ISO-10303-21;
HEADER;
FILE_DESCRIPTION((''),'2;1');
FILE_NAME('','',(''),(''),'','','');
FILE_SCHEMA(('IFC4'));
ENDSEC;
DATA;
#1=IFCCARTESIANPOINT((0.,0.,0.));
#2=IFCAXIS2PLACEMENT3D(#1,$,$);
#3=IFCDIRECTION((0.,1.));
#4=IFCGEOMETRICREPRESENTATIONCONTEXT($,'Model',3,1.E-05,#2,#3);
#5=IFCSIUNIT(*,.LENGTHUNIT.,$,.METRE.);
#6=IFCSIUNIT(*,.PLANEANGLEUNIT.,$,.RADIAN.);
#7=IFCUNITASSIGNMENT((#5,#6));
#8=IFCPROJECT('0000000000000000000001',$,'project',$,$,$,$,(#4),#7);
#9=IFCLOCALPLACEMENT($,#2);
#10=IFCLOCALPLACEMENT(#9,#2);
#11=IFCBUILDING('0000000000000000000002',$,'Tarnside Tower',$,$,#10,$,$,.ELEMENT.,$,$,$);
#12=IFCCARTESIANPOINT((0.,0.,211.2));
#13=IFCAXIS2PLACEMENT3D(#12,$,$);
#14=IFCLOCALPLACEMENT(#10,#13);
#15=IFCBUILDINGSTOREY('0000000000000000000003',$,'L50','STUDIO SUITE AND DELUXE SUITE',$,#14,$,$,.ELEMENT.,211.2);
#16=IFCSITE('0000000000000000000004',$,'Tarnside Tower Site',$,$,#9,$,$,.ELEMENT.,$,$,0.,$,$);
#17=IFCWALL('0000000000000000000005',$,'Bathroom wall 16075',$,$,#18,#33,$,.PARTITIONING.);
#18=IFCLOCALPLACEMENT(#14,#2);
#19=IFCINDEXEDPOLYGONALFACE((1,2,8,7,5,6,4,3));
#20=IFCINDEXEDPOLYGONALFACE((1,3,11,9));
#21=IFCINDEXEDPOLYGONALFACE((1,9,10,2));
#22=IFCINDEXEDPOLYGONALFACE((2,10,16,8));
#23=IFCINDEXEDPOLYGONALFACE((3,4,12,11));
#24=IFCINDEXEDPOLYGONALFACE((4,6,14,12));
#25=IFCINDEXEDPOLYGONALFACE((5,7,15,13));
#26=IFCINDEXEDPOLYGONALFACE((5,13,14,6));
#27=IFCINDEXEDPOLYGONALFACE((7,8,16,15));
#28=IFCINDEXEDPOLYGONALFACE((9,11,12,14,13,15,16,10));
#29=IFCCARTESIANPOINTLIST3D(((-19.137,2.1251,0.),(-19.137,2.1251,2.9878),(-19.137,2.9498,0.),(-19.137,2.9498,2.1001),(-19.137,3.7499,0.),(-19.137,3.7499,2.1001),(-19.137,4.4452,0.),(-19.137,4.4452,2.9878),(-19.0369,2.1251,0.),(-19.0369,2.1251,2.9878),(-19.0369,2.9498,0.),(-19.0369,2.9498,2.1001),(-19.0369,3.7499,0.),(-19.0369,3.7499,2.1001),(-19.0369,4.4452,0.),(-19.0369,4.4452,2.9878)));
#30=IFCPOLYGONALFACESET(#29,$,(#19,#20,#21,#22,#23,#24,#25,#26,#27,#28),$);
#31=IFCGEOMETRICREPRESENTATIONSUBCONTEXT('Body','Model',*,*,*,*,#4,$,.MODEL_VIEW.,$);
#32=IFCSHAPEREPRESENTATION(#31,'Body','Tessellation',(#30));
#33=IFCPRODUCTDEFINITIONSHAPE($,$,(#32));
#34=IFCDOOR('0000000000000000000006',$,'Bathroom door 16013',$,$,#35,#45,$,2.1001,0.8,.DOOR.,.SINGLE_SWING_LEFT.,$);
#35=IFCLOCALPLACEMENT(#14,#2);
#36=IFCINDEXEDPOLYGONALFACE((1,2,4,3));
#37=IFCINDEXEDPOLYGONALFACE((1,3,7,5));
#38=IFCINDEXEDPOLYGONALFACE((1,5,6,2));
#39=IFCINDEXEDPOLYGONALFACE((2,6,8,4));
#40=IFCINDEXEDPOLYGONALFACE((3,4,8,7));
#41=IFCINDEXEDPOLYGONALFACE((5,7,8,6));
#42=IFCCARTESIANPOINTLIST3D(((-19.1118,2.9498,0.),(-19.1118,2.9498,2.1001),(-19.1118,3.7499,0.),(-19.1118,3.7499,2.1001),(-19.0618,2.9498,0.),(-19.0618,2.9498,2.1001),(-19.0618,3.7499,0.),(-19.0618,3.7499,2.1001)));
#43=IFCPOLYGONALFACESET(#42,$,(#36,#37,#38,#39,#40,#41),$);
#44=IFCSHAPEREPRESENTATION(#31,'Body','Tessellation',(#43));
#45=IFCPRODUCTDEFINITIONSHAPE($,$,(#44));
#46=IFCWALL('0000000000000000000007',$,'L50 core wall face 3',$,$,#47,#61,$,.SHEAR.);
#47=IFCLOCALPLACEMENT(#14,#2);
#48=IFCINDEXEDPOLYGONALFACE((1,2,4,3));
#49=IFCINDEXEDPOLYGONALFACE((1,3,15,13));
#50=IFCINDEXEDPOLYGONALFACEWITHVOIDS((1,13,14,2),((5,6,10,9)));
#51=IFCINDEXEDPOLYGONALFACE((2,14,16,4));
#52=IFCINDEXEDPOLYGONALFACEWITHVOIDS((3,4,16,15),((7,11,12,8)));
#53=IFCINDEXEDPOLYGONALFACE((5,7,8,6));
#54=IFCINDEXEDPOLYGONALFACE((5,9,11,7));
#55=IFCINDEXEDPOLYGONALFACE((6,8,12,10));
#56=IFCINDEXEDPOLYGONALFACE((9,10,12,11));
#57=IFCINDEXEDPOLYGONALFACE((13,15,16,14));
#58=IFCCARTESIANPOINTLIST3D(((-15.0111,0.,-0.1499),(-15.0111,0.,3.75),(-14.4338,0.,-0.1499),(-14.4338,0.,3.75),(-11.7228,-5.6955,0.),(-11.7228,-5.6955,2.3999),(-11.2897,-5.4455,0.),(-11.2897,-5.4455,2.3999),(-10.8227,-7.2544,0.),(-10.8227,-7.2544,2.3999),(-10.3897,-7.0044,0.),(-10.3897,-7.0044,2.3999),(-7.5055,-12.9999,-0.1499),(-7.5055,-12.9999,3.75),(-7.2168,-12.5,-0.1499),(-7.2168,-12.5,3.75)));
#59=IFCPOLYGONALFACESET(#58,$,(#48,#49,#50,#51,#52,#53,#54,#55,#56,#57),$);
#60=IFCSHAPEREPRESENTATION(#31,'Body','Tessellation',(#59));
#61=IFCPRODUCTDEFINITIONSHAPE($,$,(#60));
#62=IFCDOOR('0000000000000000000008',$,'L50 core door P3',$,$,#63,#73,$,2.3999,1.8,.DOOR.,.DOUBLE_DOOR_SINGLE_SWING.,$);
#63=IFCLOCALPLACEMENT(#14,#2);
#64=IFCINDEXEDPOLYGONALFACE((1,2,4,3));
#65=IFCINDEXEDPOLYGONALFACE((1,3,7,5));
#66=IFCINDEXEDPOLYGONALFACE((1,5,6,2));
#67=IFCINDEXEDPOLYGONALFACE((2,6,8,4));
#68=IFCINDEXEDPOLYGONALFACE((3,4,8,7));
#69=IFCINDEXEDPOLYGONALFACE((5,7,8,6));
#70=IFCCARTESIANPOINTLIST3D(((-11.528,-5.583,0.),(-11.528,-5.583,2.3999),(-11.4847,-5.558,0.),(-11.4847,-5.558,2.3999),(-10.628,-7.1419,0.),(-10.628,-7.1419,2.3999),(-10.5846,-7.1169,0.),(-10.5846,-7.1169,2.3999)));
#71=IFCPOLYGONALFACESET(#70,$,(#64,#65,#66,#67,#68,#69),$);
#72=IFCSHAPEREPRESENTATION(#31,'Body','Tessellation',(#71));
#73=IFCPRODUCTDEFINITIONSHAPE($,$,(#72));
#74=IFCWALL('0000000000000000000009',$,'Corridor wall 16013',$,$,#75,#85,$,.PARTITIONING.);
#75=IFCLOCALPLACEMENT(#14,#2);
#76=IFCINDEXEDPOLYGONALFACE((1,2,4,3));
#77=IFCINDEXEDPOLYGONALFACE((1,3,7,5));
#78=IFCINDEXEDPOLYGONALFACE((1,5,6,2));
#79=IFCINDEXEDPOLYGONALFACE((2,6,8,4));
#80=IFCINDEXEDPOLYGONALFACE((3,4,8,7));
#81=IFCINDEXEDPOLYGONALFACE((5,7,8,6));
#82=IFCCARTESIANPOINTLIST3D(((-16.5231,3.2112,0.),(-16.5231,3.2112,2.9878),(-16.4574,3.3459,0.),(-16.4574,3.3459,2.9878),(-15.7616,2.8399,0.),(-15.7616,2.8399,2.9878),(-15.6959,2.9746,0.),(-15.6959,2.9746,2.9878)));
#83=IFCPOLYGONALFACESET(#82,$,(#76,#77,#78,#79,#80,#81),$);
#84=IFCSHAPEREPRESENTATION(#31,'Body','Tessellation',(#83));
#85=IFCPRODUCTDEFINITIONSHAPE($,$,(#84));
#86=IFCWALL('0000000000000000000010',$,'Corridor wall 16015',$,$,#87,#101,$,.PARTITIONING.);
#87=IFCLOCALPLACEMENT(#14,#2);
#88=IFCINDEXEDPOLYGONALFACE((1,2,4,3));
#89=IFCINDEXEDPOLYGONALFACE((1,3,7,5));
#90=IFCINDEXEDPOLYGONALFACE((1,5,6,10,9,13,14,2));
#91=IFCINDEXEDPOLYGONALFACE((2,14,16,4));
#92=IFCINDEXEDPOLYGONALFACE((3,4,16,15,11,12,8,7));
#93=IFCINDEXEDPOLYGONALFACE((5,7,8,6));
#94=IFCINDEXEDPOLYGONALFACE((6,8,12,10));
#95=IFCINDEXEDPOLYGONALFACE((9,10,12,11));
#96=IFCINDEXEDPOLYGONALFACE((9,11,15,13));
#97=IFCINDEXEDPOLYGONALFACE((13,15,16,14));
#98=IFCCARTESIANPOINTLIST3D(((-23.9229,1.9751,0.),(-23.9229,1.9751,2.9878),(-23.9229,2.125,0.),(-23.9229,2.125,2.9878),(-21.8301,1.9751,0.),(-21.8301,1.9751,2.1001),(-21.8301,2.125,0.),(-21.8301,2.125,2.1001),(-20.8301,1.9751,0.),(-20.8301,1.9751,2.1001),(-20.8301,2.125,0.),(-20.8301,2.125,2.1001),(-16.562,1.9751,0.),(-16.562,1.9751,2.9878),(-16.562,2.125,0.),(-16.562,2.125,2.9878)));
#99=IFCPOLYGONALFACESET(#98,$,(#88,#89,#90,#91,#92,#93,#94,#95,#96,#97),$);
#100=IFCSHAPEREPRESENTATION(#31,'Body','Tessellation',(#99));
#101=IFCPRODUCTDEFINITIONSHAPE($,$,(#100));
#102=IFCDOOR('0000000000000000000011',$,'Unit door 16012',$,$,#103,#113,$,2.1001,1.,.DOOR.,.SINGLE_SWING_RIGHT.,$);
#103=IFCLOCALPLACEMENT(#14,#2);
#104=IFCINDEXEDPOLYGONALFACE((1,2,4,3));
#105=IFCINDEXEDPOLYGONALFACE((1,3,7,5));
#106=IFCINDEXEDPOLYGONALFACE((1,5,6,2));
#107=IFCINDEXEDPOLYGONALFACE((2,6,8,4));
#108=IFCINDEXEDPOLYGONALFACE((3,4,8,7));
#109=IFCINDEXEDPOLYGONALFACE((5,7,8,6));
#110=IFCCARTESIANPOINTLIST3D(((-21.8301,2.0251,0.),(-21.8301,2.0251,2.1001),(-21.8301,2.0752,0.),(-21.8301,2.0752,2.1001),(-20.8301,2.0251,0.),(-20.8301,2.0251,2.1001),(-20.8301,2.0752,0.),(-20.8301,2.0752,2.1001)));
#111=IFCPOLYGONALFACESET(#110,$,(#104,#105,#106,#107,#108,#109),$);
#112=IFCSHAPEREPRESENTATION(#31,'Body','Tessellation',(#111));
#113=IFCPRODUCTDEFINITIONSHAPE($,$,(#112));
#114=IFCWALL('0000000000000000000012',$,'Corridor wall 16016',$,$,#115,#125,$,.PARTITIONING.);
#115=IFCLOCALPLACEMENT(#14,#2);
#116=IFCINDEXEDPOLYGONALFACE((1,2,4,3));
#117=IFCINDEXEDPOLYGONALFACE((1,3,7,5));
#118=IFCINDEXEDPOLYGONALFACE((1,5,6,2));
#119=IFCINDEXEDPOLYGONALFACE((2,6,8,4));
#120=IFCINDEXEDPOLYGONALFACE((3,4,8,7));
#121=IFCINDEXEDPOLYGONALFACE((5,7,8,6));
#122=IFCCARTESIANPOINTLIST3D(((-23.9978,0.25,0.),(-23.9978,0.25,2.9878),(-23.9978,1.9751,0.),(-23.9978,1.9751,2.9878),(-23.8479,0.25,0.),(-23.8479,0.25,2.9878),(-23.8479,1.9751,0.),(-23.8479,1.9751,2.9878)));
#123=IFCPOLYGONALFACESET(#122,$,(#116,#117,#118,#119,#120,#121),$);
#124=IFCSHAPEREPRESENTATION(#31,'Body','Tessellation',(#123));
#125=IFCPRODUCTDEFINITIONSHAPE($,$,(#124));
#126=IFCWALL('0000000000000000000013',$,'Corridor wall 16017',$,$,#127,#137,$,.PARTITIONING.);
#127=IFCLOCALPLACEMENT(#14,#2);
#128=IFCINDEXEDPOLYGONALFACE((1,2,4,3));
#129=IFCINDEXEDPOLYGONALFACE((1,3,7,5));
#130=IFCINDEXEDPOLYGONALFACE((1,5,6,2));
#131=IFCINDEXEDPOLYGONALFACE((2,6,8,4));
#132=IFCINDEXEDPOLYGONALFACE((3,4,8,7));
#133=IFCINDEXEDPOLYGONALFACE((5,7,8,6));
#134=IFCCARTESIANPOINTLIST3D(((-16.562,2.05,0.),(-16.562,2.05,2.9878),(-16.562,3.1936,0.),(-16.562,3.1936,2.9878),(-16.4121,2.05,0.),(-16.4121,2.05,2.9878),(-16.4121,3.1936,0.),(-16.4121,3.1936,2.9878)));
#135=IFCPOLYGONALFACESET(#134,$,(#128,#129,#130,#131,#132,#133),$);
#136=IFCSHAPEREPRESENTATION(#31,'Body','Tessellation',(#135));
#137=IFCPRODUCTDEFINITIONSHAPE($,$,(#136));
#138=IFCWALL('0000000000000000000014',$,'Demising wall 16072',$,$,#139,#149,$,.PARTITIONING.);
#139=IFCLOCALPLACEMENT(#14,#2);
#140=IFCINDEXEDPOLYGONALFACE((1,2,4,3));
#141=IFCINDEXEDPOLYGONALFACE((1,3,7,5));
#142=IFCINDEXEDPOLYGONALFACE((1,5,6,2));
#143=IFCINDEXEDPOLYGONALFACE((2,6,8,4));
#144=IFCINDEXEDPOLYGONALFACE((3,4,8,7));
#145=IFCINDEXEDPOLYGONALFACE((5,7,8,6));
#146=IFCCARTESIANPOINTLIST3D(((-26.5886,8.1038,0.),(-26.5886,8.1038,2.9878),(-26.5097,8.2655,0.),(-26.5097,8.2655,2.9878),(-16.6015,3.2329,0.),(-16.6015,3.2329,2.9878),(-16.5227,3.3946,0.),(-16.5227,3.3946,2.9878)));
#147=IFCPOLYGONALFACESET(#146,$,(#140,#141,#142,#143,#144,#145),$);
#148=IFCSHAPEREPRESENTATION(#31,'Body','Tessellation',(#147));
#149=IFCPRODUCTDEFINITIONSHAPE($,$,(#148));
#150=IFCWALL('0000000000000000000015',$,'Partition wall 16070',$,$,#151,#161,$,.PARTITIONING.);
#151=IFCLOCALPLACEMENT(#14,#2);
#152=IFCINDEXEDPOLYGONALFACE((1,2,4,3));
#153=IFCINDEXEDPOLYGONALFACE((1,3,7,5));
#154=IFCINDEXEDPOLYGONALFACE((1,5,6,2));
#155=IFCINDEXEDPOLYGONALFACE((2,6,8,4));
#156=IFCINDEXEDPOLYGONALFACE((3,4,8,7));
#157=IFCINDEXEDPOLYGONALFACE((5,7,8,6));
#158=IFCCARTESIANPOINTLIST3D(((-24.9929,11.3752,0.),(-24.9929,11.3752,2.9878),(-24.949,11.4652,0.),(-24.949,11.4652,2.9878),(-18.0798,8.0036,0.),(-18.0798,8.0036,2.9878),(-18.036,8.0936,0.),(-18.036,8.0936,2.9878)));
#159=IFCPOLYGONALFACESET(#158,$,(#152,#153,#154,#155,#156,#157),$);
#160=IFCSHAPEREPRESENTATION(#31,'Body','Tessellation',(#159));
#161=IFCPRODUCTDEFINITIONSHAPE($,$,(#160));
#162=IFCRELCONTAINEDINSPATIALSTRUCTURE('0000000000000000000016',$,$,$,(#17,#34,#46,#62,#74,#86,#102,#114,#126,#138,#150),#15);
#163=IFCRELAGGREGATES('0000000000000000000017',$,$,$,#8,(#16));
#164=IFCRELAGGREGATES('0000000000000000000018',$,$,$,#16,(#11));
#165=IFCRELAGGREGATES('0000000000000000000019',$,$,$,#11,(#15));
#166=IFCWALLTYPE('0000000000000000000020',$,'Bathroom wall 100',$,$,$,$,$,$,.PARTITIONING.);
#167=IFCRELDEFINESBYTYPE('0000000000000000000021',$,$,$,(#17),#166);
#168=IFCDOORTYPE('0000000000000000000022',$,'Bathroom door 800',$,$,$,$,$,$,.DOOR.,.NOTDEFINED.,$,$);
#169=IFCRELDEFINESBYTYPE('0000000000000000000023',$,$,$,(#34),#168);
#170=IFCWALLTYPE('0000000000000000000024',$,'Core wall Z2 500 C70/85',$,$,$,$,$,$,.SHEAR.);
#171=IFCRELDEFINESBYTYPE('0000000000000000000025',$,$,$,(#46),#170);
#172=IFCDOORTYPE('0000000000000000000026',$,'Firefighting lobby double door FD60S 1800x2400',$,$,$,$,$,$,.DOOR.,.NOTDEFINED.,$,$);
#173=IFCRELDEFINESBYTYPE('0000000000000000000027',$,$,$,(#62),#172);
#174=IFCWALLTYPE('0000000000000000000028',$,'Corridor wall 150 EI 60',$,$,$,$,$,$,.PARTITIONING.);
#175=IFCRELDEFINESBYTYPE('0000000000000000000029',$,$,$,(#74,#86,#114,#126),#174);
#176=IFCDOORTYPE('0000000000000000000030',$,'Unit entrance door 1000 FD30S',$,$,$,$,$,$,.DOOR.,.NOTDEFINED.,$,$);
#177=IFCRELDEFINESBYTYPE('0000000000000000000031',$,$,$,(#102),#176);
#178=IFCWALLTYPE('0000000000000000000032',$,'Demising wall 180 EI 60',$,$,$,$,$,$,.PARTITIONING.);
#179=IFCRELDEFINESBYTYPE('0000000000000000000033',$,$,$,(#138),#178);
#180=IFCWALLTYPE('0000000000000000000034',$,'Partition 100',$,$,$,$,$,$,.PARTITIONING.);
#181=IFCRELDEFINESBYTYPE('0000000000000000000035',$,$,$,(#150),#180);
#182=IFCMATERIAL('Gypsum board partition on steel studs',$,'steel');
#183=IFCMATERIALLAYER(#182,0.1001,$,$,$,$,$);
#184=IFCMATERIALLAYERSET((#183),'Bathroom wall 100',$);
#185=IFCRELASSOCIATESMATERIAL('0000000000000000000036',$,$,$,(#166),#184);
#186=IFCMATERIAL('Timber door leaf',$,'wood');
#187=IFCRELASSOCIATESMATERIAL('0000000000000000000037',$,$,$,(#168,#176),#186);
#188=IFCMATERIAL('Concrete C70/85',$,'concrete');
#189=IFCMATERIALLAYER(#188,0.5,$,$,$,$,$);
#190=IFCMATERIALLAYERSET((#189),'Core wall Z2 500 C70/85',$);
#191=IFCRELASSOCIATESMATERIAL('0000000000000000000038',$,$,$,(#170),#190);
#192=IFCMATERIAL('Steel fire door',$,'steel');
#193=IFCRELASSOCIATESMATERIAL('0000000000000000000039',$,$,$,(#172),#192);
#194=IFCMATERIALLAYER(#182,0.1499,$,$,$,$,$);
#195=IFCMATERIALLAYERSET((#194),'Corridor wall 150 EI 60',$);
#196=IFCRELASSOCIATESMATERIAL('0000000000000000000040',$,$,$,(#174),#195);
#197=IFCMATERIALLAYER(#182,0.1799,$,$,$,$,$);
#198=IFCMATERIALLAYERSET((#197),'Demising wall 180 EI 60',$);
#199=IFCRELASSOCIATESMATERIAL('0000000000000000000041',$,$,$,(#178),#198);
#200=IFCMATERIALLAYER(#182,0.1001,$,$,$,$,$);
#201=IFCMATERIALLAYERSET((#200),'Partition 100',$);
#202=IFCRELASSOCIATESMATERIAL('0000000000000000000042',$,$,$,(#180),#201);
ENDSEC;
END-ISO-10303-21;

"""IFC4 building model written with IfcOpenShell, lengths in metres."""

from ifc_helpers import new_model, si_unit, direction, frame, frame_2d, origin, place, context, subcontext, project, spatial, polyline, rectangle, outline, extrude, material, layer, layer_set, type_object, element, fill, save


model = new_model("IFC4")

# Units and contexts
model_context = context("Model", 3, precision=1e-05, world=origin(), true_north=direction((0.0, 1.0)))
body_context = subcontext(model_context, "Body", "Model", "MODEL_VIEW")
ifc_project = project(units=[si_unit("LENGTHUNIT", "METRE"), si_unit("PLANEANGLEUNIT", "RADIAN")], contexts=[model_context])

# Site, building, storey
site_placement = place(None, origin())
site = spatial("IfcSite", under=ifc_project, at=site_placement, Name="Tarnside Tower Site", CompositionType="ELEMENT", RefElevation=0.0)
building_placement = place(site_placement, origin())
building = spatial("IfcBuilding", under=site, at=building_placement, Name="Tarnside Tower", CompositionType="ELEMENT")
storey_placement = place(building_placement, frame((0.0, 0.0, 211.2)))
storey = spatial("IfcBuildingStorey", under=building, at=storey_placement, Name="L50", Description="STUDIO SUITE AND DELUXE SUITE", CompositionType="ELEMENT", Elevation=211.2)

# Walls, openings, doors
ifc_material_1 = material(Name="Gypsum board partition on steel studs", Category="steel")
ifc_layer_1 = layer(ifc_material_1, 0.1001)
ifc_layer_set_1 = layer_set([ifc_layer_1], Name="Bathroom wall 100")
wall_type_1 = type_object("IfcWallType", Name="Bathroom wall 100", PredefinedType="PARTITIONING", material=ifc_layer_set_1)
wall_1_placement = place(storey_placement, frame((-19.0869, 2.125, 0.0), z_axis=(0.0, 0.0, 1.0), x_axis=(0.0, 1.0, 0.0)))
wall_1 = element("IfcWall", 1, at=wall_1_placement, inside=storey, type_object=wall_type_1, Name="Bathroom wall 16075", PredefinedType="PARTITIONING", context=body_context, shape_type="SweptSolid", body=[
    extrude(rectangle(XDim=2.3201, YDim=0.1001, at=frame_2d((1.1602, 0.0))), origin(), (0.0, 0.0, 1.0), 2.9878),
])
opening_1_placement = place(wall_1_placement, frame((0.825, 0.0, 0.0)))
opening_1 = element("IfcOpeningElement", 2, at=opening_1_placement, cuts=wall_1, PredefinedType="OPENING", context=body_context, shape_type="SweptSolid", body=[
    extrude(rectangle(XDim=0.8, YDim=2.1001, at=frame_2d((0.3999, 1.05))), frame((0.0, 0.0601, 0.0), z_axis=(0.0, -1.0, 0.0), x_axis=(1.0, 0.0, 0.0)), (0.0, 0.0, 1.0), 0.1201),
])
ifc_material_2 = material(Name="Timber door leaf", Category="wood")
door_type_1 = type_object("IfcDoorType", Name="Bathroom door 800", OperationType="NOTDEFINED", PredefinedType="DOOR", material=ifc_material_2)
door_1_placement = place(opening_1_placement, origin())
door_1 = element("IfcDoor", 3, at=door_1_placement, inside=storey, type_object=door_type_1, Name="Bathroom door 16013", OperationType="SINGLE_SWING_LEFT", OverallHeight=2.1001, OverallWidth=0.8, PredefinedType="DOOR", context=body_context, shape_type="SweptSolid", body=[
    extrude(rectangle(XDim=0.8, YDim=2.1001, at=frame_2d((0.3999, 1.05))), frame((0.0, 0.0249, 0.0), z_axis=(0.0, -1.0, 0.0), x_axis=(1.0, 0.0, 0.0)), (0.0, 0.0, 1.0), 0.05),
])
fill(opening_1, door_1)
ifc_material_3 = material(Name="Concrete C70/85", Category="concrete")
ifc_layer_2 = layer(ifc_material_3, 0.5)
ifc_layer_set_2 = layer_set([ifc_layer_2], Name="Core wall Z2 500 C70/85")
wall_type_2 = type_object("IfcWallType", Name="Core wall Z2 500 C70/85", PredefinedType="SHEAR", material=ifc_layer_set_2)
wall_2_placement = place(storey_placement, frame((-14.7224, 0.0, -0.1499), z_axis=(0.0, 0.0, 1.0), x_axis=(0.500006, -0.866022, 0.0)))
wall_2 = element("IfcWall", 4, at=wall_2_placement, inside=storey, type_object=wall_type_2, Name="L50 core wall face 3", PredefinedType="SHEAR", context=body_context, shape_type="SweptSolid", body=[
    extrude(outline(polyline([(-0.1443, -0.25), (14.8667, -0.25), (14.5781, 0.25), (0.1443, 0.25), (-0.1443, -0.25)])), origin(), (0.0, 0.0, 1.0), 3.8999),
])
opening_2_placement = place(wall_2_placement, frame((6.4324, 0.0, 0.1499)))
opening_2 = element("IfcOpeningElement", 5, at=opening_2_placement, cuts=wall_2, PredefinedType="OPENING", context=body_context, shape_type="SweptSolid", body=[
    extrude(rectangle(XDim=1.8, YDim=2.3999, at=frame_2d((0.8999, 1.2))), frame((0.0, 0.26, 0.0), z_axis=(0.0, -1.0, 0.0), x_axis=(1.0, 0.0, 0.0)), (0.0, 0.0, 1.0), 0.52),
])
ifc_material_4 = material(Name="Steel fire door", Category="steel")
door_type_2 = type_object("IfcDoorType", Name="Firefighting lobby double door FD60S 1800x2400", OperationType="NOTDEFINED", PredefinedType="DOOR", material=ifc_material_4)
door_2_placement = place(opening_2_placement, origin())
door_2 = element("IfcDoor", 6, at=door_2_placement, inside=storey, type_object=door_type_2, Name="L50 core door P3", OperationType="DOUBLE_DOOR_SINGLE_SWING", OverallHeight=2.3999, OverallWidth=1.8, PredefinedType="DOOR", context=body_context, shape_type="SweptSolid", body=[
    extrude(rectangle(XDim=1.8, YDim=2.3999, at=frame_2d((0.8999, 1.2))), frame((0.0, 0.0249, 0.0), z_axis=(0.0, -1.0, 0.0), x_axis=(1.0, 0.0, 0.0)), (0.0, 0.0, 1.0), 0.05),
])
fill(opening_2, door_2)

# Wall
ifc_layer_3 = layer(ifc_material_1, 0.1499)
ifc_layer_set_3 = layer_set([ifc_layer_3], Name="Corridor wall 150 EI 60")
wall_type_3 = type_object("IfcWallType", Name="Corridor wall 150 EI 60", PredefinedType="PARTITIONING", material=ifc_layer_set_3)
wall_3_placement = place(storey_placement, frame((-15.7288, 2.9072, 0.0), z_axis=(0.0, 0.0, 1.0), x_axis=(-0.898821, 0.438316, 0.0)))
element("IfcWall", 7, at=wall_3_placement, inside=storey, type_object=wall_type_3, Name="Corridor wall 16013", PredefinedType="PARTITIONING", context=body_context, shape_type="SweptSolid", body=[
    extrude(rectangle(XDim=0.8472, YDim=0.1499, at=frame_2d((0.4236, 0.0))), origin(), (0.0, 0.0, 1.0), 2.9878),
])

# Wall, opening, door
wall_4_placement = place(storey_placement, frame((-16.562, 2.05, 0.0), z_axis=(0.0, 0.0, 1.0), x_axis=(-1.0, 0.0, 0.0)))
wall_4 = element("IfcWall", 8, at=wall_4_placement, inside=storey, type_object=wall_type_3, Name="Corridor wall 16015", PredefinedType="PARTITIONING", context=body_context, shape_type="SweptSolid", body=[
    extrude(rectangle(XDim=7.3608, YDim=0.1499, at=frame_2d((3.6804, 0.0))), origin(), (0.0, 0.0, 1.0), 2.9878),
])
opening_3_placement = place(wall_4_placement, frame((4.2681, 0.0, 0.0)))
opening_3 = element("IfcOpeningElement", 9, at=opening_3_placement, cuts=wall_4, PredefinedType="OPENING", context=body_context, shape_type="SweptSolid", body=[
    extrude(rectangle(XDim=1.0, YDim=2.1001, at=frame_2d((0.5, 1.05))), frame((0.0, 0.085, 0.0), z_axis=(0.0, -1.0, 0.0), x_axis=(1.0, 0.0, 0.0)), (0.0, 0.0, 1.0), 0.1699),
])
door_type_3 = type_object("IfcDoorType", Name="Unit entrance door 1000 FD30S", OperationType="NOTDEFINED", PredefinedType="DOOR", material=ifc_material_2)
door_3_placement = place(opening_3_placement, origin())
door_3 = element("IfcDoor", 10, at=door_3_placement, inside=storey, type_object=door_type_3, Name="Unit door 16012", OperationType="SINGLE_SWING_RIGHT", OverallHeight=2.1001, OverallWidth=1.0, PredefinedType="DOOR", context=body_context, shape_type="SweptSolid", body=[
    extrude(rectangle(XDim=1.0, YDim=2.1001, at=frame_2d((0.5, 1.05))), frame((0.0, 0.0249, 0.0), z_axis=(0.0, -1.0, 0.0), x_axis=(1.0, 0.0, 0.0)), (0.0, 0.0, 1.0), 0.05),
])
fill(opening_3, door_3)

# Walls
wall_5_placement = place(storey_placement, frame((-23.9229, 1.9751, 0.0), z_axis=(0.0, 0.0, 1.0), x_axis=(0.0, -1.0, 0.0)))
element("IfcWall", 11, at=wall_5_placement, inside=storey, type_object=wall_type_3, Name="Corridor wall 16016", PredefinedType="PARTITIONING", context=body_context, shape_type="SweptSolid", body=[
    extrude(rectangle(XDim=1.7251, YDim=0.1499, at=frame_2d((0.8625, 0.0))), origin(), (0.0, 0.0, 1.0), 2.9878),
])
wall_6_placement = place(storey_placement, frame((-16.4871, 3.1936, 0.0), z_axis=(0.0, 0.0, 1.0), x_axis=(0.0, -1.0, 0.0)))
element("IfcWall", 12, at=wall_6_placement, inside=storey, type_object=wall_type_3, Name="Corridor wall 16017", PredefinedType="PARTITIONING", context=body_context, shape_type="SweptSolid", body=[
    extrude(rectangle(XDim=1.1436, YDim=0.1499, at=frame_2d((0.5718, 0.0))), origin(), (0.0, 0.0, 1.0), 2.9878),
])
ifc_layer_4 = layer(ifc_material_1, 0.1799)
ifc_layer_set_4 = layer_set([ifc_layer_4], Name="Demising wall 180 EI 60")
wall_type_4 = type_object("IfcWallType", Name="Demising wall 180 EI 60", PredefinedType="PARTITIONING", material=ifc_layer_set_4)
wall_7_placement = place(storey_placement, frame((-26.5491, 8.1846, 0.0), z_axis=(0.0, 0.0, 1.0), x_axis=(0.8988, -0.438359, 0.0)))
element("IfcWall", 13, at=wall_7_placement, inside=storey, type_object=wall_type_4, Name="Demising wall 16072", PredefinedType="PARTITIONING", context=body_context, shape_type="SweptSolid", body=[
    extrude(rectangle(XDim=11.1116, YDim=0.1799, at=frame_2d((5.5557, 0.0))), origin(), (0.0, 0.0, 1.0), 2.9878),
])
ifc_layer_5 = layer(ifc_material_1, 0.1001)
ifc_layer_set_5 = layer_set([ifc_layer_5], Name="Partition 100")
wall_type_5 = type_object("IfcWallType", Name="Partition 100", PredefinedType="PARTITIONING", material=ifc_layer_set_5)
wall_8_placement = place(storey_placement, frame((-24.9709, 11.4202, 0.0), z_axis=(0.0, 0.0, 1.0), x_axis=(0.898802, -0.438355, 0.0)))
element("IfcWall", 14, at=wall_8_placement, inside=storey, type_object=wall_type_5, Name="Partition wall 16070", PredefinedType="PARTITIONING", context=body_context, shape_type="SweptSolid", body=[
    extrude(rectangle(XDim=7.6914, YDim=0.1001, at=frame_2d((3.8457, 0.0))), origin(), (0.0, 0.0, 1.0), 2.9878),
])

save(model, "model.ifc")
